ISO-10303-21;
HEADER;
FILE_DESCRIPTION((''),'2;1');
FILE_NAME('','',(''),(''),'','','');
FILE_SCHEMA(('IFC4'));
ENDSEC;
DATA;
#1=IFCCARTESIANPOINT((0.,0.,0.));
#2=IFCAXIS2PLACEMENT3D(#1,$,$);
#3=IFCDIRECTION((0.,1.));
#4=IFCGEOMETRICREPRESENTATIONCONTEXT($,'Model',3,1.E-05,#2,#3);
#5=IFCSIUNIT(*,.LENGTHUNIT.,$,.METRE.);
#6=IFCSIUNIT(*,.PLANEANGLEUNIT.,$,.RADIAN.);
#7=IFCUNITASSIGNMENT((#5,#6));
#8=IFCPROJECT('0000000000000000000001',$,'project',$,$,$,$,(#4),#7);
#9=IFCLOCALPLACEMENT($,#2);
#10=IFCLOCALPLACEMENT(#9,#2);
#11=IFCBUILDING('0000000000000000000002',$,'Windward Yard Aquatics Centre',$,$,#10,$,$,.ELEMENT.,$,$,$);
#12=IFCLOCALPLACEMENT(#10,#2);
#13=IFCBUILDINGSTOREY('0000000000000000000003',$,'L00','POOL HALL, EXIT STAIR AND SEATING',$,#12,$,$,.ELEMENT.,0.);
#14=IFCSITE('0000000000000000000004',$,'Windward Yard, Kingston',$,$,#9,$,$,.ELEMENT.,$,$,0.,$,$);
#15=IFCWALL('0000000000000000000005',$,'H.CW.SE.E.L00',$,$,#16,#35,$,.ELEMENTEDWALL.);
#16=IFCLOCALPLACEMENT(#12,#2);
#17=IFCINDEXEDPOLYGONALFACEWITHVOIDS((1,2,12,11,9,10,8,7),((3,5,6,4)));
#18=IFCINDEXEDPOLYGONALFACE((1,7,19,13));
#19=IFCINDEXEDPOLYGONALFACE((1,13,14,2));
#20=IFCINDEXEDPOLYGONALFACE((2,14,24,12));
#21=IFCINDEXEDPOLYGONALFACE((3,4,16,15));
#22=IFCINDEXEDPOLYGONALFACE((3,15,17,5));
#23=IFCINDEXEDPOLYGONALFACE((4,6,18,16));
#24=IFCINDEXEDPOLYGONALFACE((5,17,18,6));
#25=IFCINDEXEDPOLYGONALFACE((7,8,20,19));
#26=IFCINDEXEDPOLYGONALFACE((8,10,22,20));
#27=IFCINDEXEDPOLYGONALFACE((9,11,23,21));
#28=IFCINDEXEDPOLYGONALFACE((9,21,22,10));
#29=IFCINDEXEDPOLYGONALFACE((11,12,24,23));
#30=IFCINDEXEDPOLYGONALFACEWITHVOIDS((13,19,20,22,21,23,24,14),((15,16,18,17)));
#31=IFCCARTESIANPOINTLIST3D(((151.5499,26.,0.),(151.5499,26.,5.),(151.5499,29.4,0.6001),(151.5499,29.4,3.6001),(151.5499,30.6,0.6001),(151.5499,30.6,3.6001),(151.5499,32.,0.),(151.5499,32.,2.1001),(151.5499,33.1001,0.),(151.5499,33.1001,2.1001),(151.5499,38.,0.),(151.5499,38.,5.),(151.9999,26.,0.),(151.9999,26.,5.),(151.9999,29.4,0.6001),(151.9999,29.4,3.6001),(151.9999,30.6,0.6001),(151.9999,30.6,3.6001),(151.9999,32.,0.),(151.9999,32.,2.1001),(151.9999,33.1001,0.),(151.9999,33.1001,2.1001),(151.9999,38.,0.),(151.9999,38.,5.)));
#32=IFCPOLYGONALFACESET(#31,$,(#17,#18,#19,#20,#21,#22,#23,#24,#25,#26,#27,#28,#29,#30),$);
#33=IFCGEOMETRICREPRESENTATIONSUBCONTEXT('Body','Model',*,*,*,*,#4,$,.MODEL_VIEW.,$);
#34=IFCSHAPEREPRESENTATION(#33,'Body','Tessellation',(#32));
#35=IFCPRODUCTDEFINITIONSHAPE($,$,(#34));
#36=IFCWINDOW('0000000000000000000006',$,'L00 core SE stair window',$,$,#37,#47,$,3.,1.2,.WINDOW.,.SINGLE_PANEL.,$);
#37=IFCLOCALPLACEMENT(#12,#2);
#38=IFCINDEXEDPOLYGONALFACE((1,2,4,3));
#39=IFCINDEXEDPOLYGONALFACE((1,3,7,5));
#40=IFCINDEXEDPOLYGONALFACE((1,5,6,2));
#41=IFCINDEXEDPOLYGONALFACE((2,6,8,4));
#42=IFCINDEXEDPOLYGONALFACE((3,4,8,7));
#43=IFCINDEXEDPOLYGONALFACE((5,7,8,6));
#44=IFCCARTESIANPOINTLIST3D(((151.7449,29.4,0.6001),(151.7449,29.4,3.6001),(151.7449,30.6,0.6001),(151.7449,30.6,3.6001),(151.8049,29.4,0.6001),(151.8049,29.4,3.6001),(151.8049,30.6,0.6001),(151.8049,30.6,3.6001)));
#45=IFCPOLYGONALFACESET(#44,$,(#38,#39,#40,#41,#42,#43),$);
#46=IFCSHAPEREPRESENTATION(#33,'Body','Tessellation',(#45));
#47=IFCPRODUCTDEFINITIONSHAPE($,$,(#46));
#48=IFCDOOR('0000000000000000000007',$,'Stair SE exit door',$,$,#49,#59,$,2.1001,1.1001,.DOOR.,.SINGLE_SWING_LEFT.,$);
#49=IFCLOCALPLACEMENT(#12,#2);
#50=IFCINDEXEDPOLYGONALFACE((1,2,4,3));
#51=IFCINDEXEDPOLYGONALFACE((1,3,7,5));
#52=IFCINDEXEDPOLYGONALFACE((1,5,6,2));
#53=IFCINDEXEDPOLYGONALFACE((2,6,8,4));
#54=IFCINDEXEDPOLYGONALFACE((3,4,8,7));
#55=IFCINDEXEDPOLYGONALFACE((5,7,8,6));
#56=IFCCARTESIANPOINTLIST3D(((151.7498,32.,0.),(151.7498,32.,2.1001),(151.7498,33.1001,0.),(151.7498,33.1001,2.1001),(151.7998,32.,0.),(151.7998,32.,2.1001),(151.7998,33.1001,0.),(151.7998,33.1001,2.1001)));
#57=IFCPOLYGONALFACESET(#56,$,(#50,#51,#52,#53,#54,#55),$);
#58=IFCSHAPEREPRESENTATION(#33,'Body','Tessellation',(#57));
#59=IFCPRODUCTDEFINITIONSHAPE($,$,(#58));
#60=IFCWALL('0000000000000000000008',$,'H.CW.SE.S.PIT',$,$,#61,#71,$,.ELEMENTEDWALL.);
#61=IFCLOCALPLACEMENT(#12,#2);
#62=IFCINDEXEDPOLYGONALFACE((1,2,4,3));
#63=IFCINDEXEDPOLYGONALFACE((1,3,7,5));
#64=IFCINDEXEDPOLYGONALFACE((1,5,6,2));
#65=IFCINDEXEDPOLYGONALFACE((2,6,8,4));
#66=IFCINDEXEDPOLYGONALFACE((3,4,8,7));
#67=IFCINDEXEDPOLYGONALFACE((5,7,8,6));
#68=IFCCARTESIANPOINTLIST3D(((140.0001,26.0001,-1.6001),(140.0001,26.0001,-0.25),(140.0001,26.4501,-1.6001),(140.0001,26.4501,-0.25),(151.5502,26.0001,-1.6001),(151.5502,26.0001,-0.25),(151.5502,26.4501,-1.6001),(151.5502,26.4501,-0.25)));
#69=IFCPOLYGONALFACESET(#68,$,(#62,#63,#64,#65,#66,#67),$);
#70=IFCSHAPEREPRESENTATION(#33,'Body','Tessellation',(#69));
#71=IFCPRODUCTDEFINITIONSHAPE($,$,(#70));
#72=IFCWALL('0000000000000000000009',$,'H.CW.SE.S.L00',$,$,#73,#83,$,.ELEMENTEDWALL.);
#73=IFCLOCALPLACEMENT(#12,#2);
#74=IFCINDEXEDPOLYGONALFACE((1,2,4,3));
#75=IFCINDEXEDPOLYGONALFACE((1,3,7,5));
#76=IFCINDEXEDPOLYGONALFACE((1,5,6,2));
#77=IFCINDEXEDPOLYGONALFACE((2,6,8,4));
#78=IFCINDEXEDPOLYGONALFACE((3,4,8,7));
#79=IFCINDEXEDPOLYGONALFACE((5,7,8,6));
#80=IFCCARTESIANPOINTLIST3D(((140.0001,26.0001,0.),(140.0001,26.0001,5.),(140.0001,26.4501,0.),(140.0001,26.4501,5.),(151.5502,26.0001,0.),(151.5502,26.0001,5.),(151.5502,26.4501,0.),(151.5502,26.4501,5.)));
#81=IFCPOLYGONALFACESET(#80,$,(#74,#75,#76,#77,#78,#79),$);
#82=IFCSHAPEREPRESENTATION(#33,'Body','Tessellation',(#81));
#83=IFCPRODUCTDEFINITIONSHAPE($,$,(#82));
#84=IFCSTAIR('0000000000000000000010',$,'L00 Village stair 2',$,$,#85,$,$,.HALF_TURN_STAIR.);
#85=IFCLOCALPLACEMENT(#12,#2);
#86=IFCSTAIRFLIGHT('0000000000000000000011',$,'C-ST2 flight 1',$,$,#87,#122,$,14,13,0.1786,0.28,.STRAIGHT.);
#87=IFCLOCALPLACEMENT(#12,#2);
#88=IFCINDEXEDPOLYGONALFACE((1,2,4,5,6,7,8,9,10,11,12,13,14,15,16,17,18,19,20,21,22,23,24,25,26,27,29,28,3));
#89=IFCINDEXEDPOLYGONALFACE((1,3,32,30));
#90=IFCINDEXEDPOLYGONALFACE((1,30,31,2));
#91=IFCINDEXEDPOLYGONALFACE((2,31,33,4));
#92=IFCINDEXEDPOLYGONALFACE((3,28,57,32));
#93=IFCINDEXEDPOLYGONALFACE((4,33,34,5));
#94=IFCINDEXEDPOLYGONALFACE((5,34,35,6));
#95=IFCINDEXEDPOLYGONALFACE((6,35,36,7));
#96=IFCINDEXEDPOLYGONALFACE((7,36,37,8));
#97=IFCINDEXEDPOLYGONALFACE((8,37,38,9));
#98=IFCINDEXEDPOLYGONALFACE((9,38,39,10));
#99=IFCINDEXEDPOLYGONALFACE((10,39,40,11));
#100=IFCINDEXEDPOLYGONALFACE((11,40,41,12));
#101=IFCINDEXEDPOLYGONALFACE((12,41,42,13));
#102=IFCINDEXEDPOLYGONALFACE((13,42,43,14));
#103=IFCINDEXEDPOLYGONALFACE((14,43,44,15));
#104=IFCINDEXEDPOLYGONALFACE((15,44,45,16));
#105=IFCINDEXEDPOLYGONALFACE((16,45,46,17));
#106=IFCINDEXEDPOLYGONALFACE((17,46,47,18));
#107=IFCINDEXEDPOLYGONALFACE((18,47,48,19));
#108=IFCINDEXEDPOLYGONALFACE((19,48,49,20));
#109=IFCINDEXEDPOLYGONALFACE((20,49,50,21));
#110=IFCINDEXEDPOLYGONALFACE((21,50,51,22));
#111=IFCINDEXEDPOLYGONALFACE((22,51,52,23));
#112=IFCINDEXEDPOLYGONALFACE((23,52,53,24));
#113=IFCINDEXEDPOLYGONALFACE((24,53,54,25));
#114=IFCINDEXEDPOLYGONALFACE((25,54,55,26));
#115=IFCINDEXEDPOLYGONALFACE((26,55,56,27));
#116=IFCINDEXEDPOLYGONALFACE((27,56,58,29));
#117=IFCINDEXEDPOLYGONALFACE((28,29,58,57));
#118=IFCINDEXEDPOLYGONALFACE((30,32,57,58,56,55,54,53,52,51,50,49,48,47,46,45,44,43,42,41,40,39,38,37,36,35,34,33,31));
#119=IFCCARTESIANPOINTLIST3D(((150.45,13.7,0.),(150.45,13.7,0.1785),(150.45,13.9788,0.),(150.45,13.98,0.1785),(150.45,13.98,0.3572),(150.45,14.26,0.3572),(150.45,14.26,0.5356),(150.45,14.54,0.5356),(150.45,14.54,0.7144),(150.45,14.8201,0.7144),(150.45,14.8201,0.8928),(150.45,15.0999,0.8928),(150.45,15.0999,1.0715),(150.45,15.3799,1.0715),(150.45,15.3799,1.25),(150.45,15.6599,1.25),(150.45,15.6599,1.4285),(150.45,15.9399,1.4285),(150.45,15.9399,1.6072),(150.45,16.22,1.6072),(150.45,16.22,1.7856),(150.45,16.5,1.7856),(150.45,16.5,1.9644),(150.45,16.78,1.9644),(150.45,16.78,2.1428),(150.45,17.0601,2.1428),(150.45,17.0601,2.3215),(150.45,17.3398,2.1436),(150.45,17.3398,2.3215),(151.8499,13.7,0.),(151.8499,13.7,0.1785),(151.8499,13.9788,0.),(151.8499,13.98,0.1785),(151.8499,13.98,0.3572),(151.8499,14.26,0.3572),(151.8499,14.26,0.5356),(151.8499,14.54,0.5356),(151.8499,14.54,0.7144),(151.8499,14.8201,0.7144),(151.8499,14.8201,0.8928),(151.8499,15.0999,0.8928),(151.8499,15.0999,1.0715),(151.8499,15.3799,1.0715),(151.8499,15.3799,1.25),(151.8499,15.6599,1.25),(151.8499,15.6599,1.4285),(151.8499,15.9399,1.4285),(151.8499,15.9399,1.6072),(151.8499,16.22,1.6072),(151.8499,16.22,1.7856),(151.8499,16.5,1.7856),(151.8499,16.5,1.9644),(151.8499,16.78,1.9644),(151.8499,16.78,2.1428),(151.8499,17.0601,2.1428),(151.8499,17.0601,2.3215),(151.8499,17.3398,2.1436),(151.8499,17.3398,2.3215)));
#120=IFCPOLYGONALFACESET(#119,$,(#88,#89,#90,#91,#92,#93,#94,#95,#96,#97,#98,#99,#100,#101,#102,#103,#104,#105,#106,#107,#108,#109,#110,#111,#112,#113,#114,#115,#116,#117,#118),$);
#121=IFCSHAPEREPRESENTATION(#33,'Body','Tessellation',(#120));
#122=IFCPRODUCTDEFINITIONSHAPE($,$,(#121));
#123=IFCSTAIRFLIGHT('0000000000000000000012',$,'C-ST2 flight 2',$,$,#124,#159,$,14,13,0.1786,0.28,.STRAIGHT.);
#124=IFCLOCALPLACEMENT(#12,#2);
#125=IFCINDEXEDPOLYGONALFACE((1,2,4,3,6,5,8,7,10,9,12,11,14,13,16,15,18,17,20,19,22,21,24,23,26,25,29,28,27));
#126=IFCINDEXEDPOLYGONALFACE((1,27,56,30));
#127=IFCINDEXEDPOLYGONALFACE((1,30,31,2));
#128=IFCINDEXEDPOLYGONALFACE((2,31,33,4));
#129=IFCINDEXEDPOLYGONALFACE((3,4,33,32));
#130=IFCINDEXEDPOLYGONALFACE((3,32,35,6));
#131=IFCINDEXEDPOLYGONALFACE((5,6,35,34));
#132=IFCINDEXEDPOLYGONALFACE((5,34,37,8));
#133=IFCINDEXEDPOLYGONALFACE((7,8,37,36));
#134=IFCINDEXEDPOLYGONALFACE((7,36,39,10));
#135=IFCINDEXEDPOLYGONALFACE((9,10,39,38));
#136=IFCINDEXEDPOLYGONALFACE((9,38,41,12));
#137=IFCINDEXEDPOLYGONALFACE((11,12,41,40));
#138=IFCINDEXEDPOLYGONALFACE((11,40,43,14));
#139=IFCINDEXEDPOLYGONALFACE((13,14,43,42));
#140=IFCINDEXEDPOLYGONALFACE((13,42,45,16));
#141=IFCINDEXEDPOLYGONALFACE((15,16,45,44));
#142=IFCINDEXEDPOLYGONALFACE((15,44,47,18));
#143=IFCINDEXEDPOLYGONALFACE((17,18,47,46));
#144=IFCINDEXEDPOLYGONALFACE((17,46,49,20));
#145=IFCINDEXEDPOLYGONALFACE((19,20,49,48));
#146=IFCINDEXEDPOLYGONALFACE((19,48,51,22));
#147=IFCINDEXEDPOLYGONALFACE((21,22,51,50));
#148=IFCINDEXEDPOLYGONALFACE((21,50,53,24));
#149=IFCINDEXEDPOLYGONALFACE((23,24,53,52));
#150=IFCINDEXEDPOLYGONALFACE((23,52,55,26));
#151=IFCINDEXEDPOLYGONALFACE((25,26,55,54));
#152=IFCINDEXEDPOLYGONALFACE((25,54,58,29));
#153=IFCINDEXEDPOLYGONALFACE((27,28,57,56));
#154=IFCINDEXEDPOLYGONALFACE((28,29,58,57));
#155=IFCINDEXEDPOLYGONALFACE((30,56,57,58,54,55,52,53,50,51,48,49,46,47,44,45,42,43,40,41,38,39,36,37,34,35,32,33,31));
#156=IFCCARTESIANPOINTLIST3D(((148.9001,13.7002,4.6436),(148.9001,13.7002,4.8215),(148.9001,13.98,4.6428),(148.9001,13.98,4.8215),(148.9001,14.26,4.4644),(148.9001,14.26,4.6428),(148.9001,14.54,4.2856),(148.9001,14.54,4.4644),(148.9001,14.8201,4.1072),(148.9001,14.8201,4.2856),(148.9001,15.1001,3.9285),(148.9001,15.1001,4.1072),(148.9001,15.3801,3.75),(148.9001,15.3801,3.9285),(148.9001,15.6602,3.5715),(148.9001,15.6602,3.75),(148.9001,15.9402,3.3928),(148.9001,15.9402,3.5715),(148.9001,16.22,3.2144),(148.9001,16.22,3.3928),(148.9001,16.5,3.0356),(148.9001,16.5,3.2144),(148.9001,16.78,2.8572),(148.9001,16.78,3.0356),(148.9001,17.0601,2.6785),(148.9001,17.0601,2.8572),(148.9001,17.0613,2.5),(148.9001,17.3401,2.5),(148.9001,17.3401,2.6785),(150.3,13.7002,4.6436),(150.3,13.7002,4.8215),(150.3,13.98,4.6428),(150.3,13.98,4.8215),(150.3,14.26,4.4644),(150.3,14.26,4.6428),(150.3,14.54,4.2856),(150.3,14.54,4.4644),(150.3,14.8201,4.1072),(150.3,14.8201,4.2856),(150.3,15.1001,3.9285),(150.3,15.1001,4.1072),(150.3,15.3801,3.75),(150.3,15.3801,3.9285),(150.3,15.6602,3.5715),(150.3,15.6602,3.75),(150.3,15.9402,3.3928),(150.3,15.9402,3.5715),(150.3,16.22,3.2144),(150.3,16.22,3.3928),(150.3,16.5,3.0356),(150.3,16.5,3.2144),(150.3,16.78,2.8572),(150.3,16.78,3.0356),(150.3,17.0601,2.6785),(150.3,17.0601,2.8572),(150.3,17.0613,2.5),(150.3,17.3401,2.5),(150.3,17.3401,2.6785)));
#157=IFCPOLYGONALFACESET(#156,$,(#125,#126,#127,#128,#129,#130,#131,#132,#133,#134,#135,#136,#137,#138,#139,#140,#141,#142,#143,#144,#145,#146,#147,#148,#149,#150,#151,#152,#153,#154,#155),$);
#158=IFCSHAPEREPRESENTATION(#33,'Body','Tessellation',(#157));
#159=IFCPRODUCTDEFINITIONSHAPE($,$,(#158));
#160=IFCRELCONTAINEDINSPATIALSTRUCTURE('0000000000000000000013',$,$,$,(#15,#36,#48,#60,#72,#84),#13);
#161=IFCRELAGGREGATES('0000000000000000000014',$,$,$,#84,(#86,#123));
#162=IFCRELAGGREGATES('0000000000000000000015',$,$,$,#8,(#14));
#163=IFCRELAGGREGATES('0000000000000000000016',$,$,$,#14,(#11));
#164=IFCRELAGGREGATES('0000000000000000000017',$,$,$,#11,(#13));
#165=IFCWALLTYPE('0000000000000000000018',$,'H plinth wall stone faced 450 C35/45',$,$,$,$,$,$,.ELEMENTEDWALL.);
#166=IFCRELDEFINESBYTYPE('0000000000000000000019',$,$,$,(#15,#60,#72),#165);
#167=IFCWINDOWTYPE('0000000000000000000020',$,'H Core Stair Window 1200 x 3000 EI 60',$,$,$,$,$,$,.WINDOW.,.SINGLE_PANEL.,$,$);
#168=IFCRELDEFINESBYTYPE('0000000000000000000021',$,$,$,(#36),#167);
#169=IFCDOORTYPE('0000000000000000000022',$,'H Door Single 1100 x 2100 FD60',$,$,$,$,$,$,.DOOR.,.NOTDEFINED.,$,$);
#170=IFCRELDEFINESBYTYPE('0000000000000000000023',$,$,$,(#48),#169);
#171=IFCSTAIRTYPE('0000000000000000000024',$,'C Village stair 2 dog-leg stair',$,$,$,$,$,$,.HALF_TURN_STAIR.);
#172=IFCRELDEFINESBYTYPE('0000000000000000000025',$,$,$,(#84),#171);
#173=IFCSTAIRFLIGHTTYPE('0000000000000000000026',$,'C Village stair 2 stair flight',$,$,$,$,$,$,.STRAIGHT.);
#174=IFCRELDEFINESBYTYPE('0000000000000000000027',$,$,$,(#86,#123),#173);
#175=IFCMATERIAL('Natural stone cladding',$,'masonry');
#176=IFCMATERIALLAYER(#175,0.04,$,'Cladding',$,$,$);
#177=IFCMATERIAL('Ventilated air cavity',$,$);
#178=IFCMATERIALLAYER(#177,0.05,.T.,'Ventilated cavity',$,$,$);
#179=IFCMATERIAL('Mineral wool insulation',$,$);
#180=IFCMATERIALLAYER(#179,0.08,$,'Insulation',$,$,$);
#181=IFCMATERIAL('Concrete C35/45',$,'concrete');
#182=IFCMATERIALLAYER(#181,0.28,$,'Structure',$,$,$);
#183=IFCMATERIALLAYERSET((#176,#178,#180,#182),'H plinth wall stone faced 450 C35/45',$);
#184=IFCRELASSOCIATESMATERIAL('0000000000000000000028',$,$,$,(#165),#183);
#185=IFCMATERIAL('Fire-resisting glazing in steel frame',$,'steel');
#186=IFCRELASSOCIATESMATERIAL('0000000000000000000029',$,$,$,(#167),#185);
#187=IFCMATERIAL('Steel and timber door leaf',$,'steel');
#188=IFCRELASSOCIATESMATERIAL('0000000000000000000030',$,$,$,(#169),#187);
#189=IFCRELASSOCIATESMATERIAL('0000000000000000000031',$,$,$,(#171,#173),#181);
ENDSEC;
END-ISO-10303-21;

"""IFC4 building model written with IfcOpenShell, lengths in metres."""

from ifc_helpers import new_model, si_unit, direction, frame, frame_2d, origin, place, context, subcontext, project, spatial, polyline, rectangle, outline, extrude, material, layer, layer_set, type_object, element, fill, aggregate, save


model = new_model("IFC4")

# Units and contexts
model_context = context("Model", 3, precision=1e-05, world=origin(), true_north=direction((0.0, 1.0)))
body_context = subcontext(model_context, "Body", "Model", "MODEL_VIEW")
ifc_project = project(units=[si_unit("LENGTHUNIT", "METRE"), si_unit("PLANEANGLEUNIT", "RADIAN")], contexts=[model_context])

# Site, building, storey
site_placement = place(None, origin())
site = spatial("IfcSite", under=ifc_project, at=site_placement, Name="Windward Yard, Kingston", CompositionType="ELEMENT", RefElevation=0.0)
building_placement = place(site_placement, origin())
building = spatial("IfcBuilding", under=site, at=building_placement, Name="Windward Yard Aquatics Centre", CompositionType="ELEMENT")
storey_placement = place(building_placement, origin())
storey = spatial("IfcBuildingStorey", under=building, at=storey_placement, Name="L00", Description="POOL HALL, EXIT STAIR AND SEATING", CompositionType="ELEMENT", Elevation=0.0)

# Shared definitions
ifc_material_1 = material(Name="Concrete C35/45", Category="concrete")

# Shared definitions
ifc_material_2 = material(Name="Natural stone cladding", Category="masonry")
ifc_material_3 = material(Name="Ventilated air cavity")
ifc_material_4 = material(Name="Mineral wool insulation")

# Shared definitions
ifc_material_5 = material(Name="Steel and timber door leaf", Category="steel")

# Shared definitions
ifc_layer_1 = layer(ifc_material_2, 0.04, Name="Cladding")
ifc_layer_2 = layer(ifc_material_3, 0.05, ventilated=True, Name="Ventilated cavity")
ifc_layer_3 = layer(ifc_material_4, 0.08, Name="Insulation")
ifc_layer_4 = layer(ifc_material_1, 0.28, Name="Structure")
ifc_layer_set_1 = layer_set([ifc_layer_1, ifc_layer_2, ifc_layer_3, ifc_layer_4], Name="H plinth wall stone faced 450 C35/45")
wall_type_1 = type_object("IfcWallType", Name="H plinth wall stone faced 450 C35/45", PredefinedType="ELEMENTEDWALL", material=ifc_layer_set_1)

# Wall, openings, window, door
wall_1_placement = place(storey_placement, frame((151.7749, 26.0, 0.0), z_axis=(0.0, 0.0, 1.0), x_axis=(0.0, 1.0, 0.0)))
wall_1 = element("IfcWall", 1, at=wall_1_placement, inside=storey, type_object=wall_type_1, Name="H.CW.SE.E.L00", PredefinedType="ELEMENTEDWALL", context=body_context, shape_type="SweptSolid", body=[
    extrude(rectangle(XDim=12.0, YDim=0.45, at=frame_2d((6.0, 0.0))), origin(), (0.0, 0.0, 1.0), 5.0),
])
opening_1_placement = place(wall_1_placement, frame((7.1001, 0.0, 0.0), z_axis=(0.0, 0.0, 1.0), x_axis=(-1.0, 0.0, 0.0)))
opening_1 = element("IfcOpeningElement", 2, at=opening_1_placement, cuts=wall_1, PredefinedType="OPENING", context=body_context, shape_type="SweptSolid", body=[
    extrude(rectangle(XDim=1.1001, YDim=2.1001, at=frame_2d((0.55, 1.05))), frame((0.0, 0.2349, 0.0), z_axis=(0.0, -1.0, 0.0), x_axis=(1.0, 0.0, 0.0)), (0.0, 0.0, 1.0), 0.47),
])
opening_2_placement = place(wall_1_placement, frame((3.3999, 0.0, 0.6001)))
opening_2 = element("IfcOpeningElement", 3, at=opening_2_placement, cuts=wall_1, PredefinedType="OPENING", context=body_context, shape_type="SweptSolid", body=[
    extrude(rectangle(XDim=1.2, YDim=3.0, at=frame_2d((0.6001, 1.5))), frame((0.0, 0.2349, 0.0), z_axis=(0.0, -1.0, 0.0), x_axis=(1.0, 0.0, 0.0)), (0.0, 0.0, 1.0), 0.47),
])
ifc_material_6 = material(Name="Fire-resisting glazing in steel frame", Category="steel")
window_type = type_object("IfcWindowType", Name="H Core Stair Window 1200 x 3000 EI 60", PartitioningType="SINGLE_PANEL", PredefinedType="WINDOW", material=ifc_material_6)
window_placement = place(opening_2_placement, origin())
window = element("IfcWindow", 4, at=window_placement, inside=storey, type_object=window_type, Name="L00 core SE stair window", OverallHeight=3.0, OverallWidth=1.2, PartitioningType="SINGLE_PANEL", PredefinedType="WINDOW", context=body_context, shape_type="SweptSolid", body=[
    extrude(rectangle(XDim=1.2, YDim=3.0, at=frame_2d((0.6001, 1.5))), frame((0.0, 0.03, 0.0), z_axis=(0.0, -1.0, 0.0), x_axis=(1.0, 0.0, 0.0)), (0.0, 0.0, 1.0), 0.0601),
])
fill(opening_2, window)
door_type_1 = type_object("IfcDoorType", Name="H Door Single 1100 x 2100 FD60", OperationType="NOTDEFINED", PredefinedType="DOOR", material=ifc_material_5)
door_1_placement = place(opening_1_placement, origin())
door_1 = element("IfcDoor", 5, at=door_1_placement, inside=storey, type_object=door_type_1, Name="Stair SE exit door", OperationType="SINGLE_SWING_LEFT", OverallHeight=2.1001, OverallWidth=1.1001, PredefinedType="DOOR", context=body_context, shape_type="SweptSolid", body=[
    extrude(rectangle(XDim=1.1001, YDim=2.1001, at=frame_2d((0.55, 1.05))), frame((0.0, 0.0249, 0.0), z_axis=(0.0, -1.0, 0.0), x_axis=(1.0, 0.0, 0.0)), (0.0, 0.0, 1.0), 0.05),
])
fill(opening_1, door_1)

# Walls
wall_2_placement = place(storey_placement, frame((151.55, 26.2251, -1.6001), z_axis=(0.0, 0.0, 1.0), x_axis=(-1.0, 0.0, 0.0)))
element("IfcWall", 6, at=wall_2_placement, inside=storey, type_object=wall_type_1, Name="H.CW.SE.S.PIT", PredefinedType="ELEMENTEDWALL", context=body_context, shape_type="SweptSolid", body=[
    extrude(rectangle(XDim=11.55, YDim=0.45, at=frame_2d((5.7749, 0.0))), origin(), (0.0, 0.0, 1.0), 1.3501),
])
wall_3_placement = place(storey_placement, frame((151.55, 26.2251, 0.0), z_axis=(0.0, 0.0, 1.0), x_axis=(-1.0, 0.0, 0.0)))
element("IfcWall", 7, at=wall_3_placement, inside=storey, type_object=wall_type_1, Name="H.CW.SE.S.L00", PredefinedType="ELEMENTEDWALL", context=body_context, shape_type="SweptSolid", body=[
    extrude(rectangle(XDim=11.55, YDim=0.45, at=frame_2d((5.7749, 0.0))), origin(), (0.0, 0.0, 1.0), 5.0),
])

# Stair, stair flights
stair_type = type_object("IfcStairType", Name="C Village stair 2 dog-leg stair", PredefinedType="HALF_TURN_STAIR", material=ifc_material_1)
stair_placement = place(storey_placement, origin())
stair = element("IfcStair", 8, at=stair_placement, inside=storey, type_object=stair_type, Name="L00 Village stair 2", PredefinedType="HALF_TURN_STAIR")
stair_flight_type = type_object("IfcStairFlightType", Name="C Village stair 2 stair flight", PredefinedType="STRAIGHT", material=ifc_material_1)
stair_flight_1_placement = place(storey_placement, frame((151.1499, 13.7, 0.0), z_axis=(0.0, 0.0, 1.0), x_axis=(0.0, 1.0, 0.0)))
stair_flight_1 = element("IfcStairFlight", 9, at=stair_flight_1_placement, type_object=stair_flight_type, Name="C-ST2 flight 1", NumberOfRisers=14, NumberOfTreads=13, PredefinedType="STRAIGHT", RiserHeight=0.1786, TreadLength=0.28, context=body_context, shape_type="SweptSolid", body=[
    extrude(outline(polyline([(0.0, 0.0), (0.0, 0.1785), (0.28, 0.1785), (0.28, 0.3572), (0.5601, 0.3572), (0.5601, 0.5356), (0.8401, 0.5356), (0.8401, 0.7144), (1.1201, 0.7144), (1.1201, 0.8928), (1.3999, 0.8928), (1.3999, 1.0715), (1.6799, 1.0715), (1.6799, 1.25), (1.96, 1.25), (1.96, 1.4285), (2.24, 1.4285), (2.24, 1.6072), (2.52, 1.6072), (2.52, 1.7856), (2.8, 1.7856), (2.8, 1.9644), (3.0801, 1.9644), (3.0801, 2.1428), (3.3601, 2.1428), (3.3601, 2.3215), (3.6399, 2.3215), (3.6399, 2.5), (3.6399, 2.1436), (0.2788, 0.0), (0.0, 0.0)])), frame((0.0, 0.7, 0.0), z_axis=(0.0, -1.0, 0.0), x_axis=(1.0, 0.0, 0.0)), (0.0, 0.0, 1.0), 1.3999),
])
stair_flight_2_placement = place(storey_placement, frame((149.6001, 17.3401, 2.5), z_axis=(0.0, 0.0, 1.0), x_axis=(0.0, -1.0, 0.0)))
stair_flight_2 = element("IfcStairFlight", 10, at=stair_flight_2_placement, type_object=stair_flight_type, Name="C-ST2 flight 2", NumberOfRisers=14, NumberOfTreads=13, PredefinedType="STRAIGHT", RiserHeight=0.1786, TreadLength=0.28, context=body_context, shape_type="SweptSolid", body=[
    extrude(outline(polyline([(0.0, 0.0), (0.0, 0.1785), (0.28, 0.1785), (0.28, 0.3572), (0.5601, 0.3572), (0.5601, 0.5356), (0.8401, 0.5356), (0.8401, 0.7144), (1.1201, 0.7144), (1.1201, 0.8928), (1.3999, 0.8928), (1.3999, 1.0715), (1.6799, 1.0715), (1.6799, 1.25), (1.96, 1.25), (1.96, 1.4285), (2.24, 1.4285), (2.24, 1.6072), (2.52, 1.6072), (2.52, 1.7856), (2.8, 1.7856), (2.8, 1.9644), (3.0801, 1.9644), (3.0801, 2.1428), (3.3601, 2.1428), (3.3601, 2.3215), (3.6399, 2.3215), (3.6399, 2.5), (3.6399, 2.1436), (0.2788, 0.0), (0.0, 0.0)])), frame((0.0, 0.7, 0.0), z_axis=(0.0, -1.0, 0.0), x_axis=(1.0, 0.0, 0.0)), (0.0, 0.0, 1.0), 1.3999),
])
aggregate(stair, [stair_flight_1, stair_flight_2])

save(model, "model.ifc")
